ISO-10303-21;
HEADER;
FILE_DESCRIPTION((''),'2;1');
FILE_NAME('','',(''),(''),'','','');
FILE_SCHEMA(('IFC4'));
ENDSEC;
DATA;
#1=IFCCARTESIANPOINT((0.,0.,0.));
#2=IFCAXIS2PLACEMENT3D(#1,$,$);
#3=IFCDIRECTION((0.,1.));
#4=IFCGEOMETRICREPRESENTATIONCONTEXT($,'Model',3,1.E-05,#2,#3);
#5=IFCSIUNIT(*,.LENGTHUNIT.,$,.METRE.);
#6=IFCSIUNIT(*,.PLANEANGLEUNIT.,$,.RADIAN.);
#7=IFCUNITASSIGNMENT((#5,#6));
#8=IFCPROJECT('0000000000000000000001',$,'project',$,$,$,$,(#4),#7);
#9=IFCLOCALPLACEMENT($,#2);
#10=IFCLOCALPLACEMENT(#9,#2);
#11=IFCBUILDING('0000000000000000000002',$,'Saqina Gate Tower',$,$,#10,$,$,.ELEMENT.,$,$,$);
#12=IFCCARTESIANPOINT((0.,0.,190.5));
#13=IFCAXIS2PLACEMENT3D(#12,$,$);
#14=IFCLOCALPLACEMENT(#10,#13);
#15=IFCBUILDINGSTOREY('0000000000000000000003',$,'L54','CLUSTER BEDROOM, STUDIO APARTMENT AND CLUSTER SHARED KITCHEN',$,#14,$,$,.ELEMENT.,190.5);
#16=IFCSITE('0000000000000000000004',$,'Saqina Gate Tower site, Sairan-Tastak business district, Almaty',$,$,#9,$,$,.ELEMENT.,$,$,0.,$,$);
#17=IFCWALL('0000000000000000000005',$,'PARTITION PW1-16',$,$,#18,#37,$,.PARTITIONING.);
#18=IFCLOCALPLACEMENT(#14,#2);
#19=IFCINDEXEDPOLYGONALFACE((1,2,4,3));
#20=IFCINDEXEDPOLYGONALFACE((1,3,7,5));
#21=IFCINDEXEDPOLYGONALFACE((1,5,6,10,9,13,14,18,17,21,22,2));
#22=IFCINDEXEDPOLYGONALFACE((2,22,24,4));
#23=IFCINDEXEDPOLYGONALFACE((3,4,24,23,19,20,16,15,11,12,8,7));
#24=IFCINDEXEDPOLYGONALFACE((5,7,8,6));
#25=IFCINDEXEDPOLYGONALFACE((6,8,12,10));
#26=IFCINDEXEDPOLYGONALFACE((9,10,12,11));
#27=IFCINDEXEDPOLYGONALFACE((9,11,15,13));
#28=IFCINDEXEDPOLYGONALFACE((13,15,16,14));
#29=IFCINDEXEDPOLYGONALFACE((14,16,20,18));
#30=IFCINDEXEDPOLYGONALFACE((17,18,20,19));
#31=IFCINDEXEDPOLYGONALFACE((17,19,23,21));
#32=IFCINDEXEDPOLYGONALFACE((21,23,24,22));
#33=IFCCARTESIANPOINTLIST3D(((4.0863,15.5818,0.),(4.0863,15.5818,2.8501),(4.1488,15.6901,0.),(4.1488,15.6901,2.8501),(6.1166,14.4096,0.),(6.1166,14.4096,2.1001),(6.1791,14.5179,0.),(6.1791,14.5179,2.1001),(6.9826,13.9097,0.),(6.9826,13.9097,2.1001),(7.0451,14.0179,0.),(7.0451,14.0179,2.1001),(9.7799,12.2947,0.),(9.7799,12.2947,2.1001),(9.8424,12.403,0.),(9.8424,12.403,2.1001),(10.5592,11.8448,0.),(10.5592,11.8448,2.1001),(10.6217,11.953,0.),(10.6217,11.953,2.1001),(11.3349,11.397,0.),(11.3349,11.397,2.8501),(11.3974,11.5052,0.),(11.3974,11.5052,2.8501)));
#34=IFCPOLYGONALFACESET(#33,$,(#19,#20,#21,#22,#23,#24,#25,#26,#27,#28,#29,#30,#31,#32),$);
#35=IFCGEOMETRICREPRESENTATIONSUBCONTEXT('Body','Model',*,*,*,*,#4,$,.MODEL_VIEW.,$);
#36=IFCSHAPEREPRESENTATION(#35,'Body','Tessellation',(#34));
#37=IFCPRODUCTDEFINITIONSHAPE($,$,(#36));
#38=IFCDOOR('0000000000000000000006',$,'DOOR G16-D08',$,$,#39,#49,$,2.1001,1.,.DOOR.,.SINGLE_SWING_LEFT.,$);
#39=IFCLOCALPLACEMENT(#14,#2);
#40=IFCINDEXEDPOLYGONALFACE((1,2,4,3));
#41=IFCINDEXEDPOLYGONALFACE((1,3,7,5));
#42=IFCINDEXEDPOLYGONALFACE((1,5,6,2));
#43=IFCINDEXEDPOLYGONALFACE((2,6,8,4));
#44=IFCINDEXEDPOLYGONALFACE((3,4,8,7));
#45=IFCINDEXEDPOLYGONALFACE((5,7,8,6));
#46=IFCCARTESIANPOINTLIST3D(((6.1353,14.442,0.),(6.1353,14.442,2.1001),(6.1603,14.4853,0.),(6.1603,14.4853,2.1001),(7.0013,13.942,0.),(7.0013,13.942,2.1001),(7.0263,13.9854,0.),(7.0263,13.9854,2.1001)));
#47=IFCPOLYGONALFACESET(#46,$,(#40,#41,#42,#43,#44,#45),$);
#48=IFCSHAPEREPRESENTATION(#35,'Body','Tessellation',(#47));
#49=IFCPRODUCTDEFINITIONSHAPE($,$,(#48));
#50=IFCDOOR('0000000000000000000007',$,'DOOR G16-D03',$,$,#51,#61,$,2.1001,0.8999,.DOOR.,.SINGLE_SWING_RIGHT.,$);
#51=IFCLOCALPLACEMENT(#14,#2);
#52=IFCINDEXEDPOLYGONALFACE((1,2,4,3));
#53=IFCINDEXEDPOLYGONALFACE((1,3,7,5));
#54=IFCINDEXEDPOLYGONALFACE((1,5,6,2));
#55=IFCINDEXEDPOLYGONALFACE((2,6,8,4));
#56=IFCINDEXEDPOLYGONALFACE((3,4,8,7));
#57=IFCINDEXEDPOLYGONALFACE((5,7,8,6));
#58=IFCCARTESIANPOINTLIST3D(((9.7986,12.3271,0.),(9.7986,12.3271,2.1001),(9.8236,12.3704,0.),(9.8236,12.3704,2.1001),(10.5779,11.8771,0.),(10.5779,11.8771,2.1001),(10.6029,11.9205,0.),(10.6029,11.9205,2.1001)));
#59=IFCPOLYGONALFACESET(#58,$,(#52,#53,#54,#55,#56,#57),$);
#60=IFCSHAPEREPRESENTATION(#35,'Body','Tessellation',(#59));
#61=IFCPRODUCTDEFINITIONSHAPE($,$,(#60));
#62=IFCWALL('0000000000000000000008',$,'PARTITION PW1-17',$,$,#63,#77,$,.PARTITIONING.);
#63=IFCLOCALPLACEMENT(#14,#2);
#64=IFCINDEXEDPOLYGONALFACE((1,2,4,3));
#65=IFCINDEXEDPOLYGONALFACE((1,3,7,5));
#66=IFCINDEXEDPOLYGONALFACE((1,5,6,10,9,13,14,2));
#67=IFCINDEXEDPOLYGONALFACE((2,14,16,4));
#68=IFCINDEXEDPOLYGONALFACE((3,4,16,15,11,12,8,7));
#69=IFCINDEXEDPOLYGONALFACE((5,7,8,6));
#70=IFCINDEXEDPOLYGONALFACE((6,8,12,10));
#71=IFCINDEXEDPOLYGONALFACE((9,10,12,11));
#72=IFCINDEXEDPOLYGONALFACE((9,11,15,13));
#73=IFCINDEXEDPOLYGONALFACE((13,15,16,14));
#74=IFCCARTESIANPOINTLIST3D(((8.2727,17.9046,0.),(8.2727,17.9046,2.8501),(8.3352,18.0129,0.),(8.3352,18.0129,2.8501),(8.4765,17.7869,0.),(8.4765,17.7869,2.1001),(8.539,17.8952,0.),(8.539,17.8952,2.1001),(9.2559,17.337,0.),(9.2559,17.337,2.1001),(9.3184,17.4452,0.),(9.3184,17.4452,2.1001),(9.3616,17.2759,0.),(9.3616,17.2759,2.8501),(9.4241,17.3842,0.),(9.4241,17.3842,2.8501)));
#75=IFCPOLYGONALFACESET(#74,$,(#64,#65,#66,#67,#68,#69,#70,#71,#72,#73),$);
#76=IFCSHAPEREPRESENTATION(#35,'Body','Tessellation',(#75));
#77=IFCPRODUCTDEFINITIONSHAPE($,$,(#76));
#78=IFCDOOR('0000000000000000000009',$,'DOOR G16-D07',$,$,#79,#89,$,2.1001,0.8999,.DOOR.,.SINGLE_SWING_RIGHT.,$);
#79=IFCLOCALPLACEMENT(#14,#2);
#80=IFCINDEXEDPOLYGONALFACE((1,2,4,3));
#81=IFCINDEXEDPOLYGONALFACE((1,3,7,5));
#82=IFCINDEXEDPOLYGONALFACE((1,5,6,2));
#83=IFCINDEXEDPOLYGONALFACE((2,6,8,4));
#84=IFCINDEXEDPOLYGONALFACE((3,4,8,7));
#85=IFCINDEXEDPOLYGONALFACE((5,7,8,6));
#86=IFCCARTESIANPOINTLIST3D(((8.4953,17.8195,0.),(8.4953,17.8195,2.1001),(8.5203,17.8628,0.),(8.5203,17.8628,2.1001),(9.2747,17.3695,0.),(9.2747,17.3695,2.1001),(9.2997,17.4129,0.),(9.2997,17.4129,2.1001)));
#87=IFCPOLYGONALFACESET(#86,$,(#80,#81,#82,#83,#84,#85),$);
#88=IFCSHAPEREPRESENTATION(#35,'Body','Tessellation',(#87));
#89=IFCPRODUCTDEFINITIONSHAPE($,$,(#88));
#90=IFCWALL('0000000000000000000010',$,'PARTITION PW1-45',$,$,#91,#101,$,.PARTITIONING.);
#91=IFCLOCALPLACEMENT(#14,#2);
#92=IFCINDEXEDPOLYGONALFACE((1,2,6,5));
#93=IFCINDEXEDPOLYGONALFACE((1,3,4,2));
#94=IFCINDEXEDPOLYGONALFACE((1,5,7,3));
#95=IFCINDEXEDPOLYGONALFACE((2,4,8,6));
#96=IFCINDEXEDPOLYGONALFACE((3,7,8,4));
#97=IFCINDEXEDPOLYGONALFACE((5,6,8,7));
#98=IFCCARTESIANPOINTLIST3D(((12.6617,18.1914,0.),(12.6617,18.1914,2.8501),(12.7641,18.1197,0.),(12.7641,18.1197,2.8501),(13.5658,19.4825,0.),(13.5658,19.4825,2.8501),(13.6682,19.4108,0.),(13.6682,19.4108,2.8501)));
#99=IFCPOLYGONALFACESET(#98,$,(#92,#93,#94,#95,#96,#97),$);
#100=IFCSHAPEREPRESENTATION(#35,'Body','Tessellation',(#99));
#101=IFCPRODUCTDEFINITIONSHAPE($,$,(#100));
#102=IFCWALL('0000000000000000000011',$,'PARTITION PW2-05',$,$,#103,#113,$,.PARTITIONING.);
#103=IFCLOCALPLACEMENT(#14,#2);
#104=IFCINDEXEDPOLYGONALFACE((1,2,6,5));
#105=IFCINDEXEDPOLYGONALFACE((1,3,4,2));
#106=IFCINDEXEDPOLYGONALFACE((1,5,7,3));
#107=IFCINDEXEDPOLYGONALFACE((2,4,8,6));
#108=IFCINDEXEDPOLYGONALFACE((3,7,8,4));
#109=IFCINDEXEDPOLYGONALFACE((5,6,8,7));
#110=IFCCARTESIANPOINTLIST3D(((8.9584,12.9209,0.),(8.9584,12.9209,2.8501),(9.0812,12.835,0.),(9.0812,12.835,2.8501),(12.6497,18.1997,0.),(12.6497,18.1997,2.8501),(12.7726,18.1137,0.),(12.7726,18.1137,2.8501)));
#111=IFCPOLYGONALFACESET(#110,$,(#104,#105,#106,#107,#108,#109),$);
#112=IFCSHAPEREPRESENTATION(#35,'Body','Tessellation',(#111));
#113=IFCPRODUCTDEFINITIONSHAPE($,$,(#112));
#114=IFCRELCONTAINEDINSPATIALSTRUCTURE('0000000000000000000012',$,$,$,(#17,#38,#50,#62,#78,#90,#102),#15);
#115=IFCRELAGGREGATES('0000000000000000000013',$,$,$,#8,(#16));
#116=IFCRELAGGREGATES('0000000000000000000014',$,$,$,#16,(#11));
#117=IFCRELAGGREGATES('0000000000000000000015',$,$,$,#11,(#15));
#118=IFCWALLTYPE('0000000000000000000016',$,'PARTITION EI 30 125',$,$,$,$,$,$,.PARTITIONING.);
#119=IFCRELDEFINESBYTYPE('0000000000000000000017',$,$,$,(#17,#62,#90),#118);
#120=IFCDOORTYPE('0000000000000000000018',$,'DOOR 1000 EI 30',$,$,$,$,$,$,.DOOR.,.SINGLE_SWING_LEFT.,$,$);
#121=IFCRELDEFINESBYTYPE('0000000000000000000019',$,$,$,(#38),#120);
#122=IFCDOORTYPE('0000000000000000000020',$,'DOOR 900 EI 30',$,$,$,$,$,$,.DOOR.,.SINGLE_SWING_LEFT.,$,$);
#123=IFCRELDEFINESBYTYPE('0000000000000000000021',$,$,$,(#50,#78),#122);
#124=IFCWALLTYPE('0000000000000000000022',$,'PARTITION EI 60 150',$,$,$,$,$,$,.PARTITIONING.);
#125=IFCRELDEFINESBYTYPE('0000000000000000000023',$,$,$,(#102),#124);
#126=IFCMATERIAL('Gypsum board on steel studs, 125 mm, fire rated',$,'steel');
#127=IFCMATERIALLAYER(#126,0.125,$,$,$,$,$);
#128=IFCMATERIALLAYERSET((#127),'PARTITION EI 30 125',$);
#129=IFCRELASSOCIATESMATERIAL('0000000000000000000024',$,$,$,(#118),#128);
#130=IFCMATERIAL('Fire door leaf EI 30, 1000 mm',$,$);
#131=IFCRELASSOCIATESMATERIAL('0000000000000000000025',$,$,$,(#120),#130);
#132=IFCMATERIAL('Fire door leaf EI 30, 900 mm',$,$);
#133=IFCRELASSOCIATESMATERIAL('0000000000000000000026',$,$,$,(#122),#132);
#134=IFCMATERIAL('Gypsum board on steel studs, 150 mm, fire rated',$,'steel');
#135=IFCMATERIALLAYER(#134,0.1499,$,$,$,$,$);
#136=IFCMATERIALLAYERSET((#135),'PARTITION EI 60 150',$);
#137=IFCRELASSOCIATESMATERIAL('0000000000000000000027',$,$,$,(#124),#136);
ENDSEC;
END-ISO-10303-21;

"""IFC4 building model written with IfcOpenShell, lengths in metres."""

from ifc_helpers import new_model, si_unit, direction, frame, frame_2d, origin, place, context, subcontext, project, spatial, rectangle, extrude, material, layer, layer_set, type_object, element, fill, save


model = new_model("IFC4")

# Units and contexts
model_context = context("Model", 3, precision=1e-05, world=origin(), true_north=direction((0.0, 1.0)))
body_context = subcontext(model_context, "Body", "Model", "MODEL_VIEW")
ifc_project = project(units=[si_unit("LENGTHUNIT", "METRE"), si_unit("PLANEANGLEUNIT", "RADIAN")], contexts=[model_context])

# Site, building, storey
site_placement = place(None, origin())
site = spatial("IfcSite", under=ifc_project, at=site_placement, Name="Saqina Gate Tower site, Sairan-Tastak business district, Almaty", CompositionType="ELEMENT", RefElevation=0.0)
building_placement = place(site_placement, origin())
building = spatial("IfcBuilding", under=site, at=building_placement, Name="Saqina Gate Tower", CompositionType="ELEMENT")
storey_placement = place(building_placement, frame((0.0, 0.0, 190.5)))
storey = spatial("IfcBuildingStorey", under=building, at=storey_placement, Name="L54", Description="CLUSTER BEDROOM, STUDIO APARTMENT AND CLUSTER SHARED KITCHEN", CompositionType="ELEMENT", Elevation=190.5)

# Shared definitions
ifc_material_1 = material(Name="Gypsum board on steel studs, 125 mm, fire rated", Category="steel")
ifc_layer_1 = layer(ifc_material_1, 0.125)
ifc_layer_set_1 = layer_set([ifc_layer_1], Name="PARTITION EI 30 125")
wall_type_1 = type_object("IfcWallType", Name="PARTITION EI 30 125", PredefinedType="PARTITIONING", material=ifc_layer_set_1)
ifc_material_2 = material(Name="Fire door leaf EI 30, 1000 mm")
door_type_1 = type_object("IfcDoorType", Name="DOOR 1000 EI 30", OperationType="SINGLE_SWING_LEFT", PredefinedType="DOOR", material=ifc_material_2)

# Wall, openings, doors
wall_1_placement = place(storey_placement, frame((4.1174, 15.636, 0.0), z_axis=(0.0, 0.0, 1.0), x_axis=(0.866032, -0.499988, 0.0)))
wall_1 = element("IfcWall", 1, at=wall_1_placement, inside=storey, type_object=wall_type_1, Name="PARTITION PW1-16", PredefinedType="PARTITIONING", context=body_context, shape_type="SweptSolid", body=[
    extrude(rectangle(XDim=8.3699, YDim=0.125, at=frame_2d((4.1851, 0.0))), origin(), (0.0, 0.0, 1.0), 2.8501),
])
opening_1_placement = place(wall_1_placement, frame((6.5745, 0.0, 0.0)))
opening_1 = element("IfcOpeningElement", 2, at=opening_1_placement, cuts=wall_1, PredefinedType="OPENING", context=body_context, shape_type="SweptSolid", body=[
    extrude(rectangle(XDim=0.8999, YDim=2.1001, at=frame_2d((0.45, 1.05))), frame((0.0, 0.0745, 0.0), z_axis=(0.0, -1.0, 0.0), x_axis=(1.0, 0.0, 0.0)), (0.0, 0.0, 1.0), 0.1489),
])
opening_2_placement = place(wall_1_placement, frame((2.3445, 0.0, 0.0)))
opening_2 = element("IfcOpeningElement", 3, at=opening_2_placement, cuts=wall_1, PredefinedType="OPENING", context=body_context, shape_type="SweptSolid", body=[
    extrude(rectangle(XDim=1.0, YDim=2.1001, at=frame_2d((0.5, 1.05))), frame((0.0, 0.0745, 0.0), z_axis=(0.0, -1.0, 0.0), x_axis=(1.0, 0.0, 0.0)), (0.0, 0.0, 1.0), 0.1489),
])
door_1_placement = place(opening_2_placement, origin())
door_1 = element("IfcDoor", 4, at=door_1_placement, inside=storey, type_object=door_type_1, Name="DOOR G16-D08", OperationType="SINGLE_SWING_LEFT", OverallHeight=2.1001, OverallWidth=1.0, PredefinedType="DOOR", context=body_context, shape_type="SweptSolid", body=[
    extrude(rectangle(XDim=1.0, YDim=2.1001, at=frame_2d((0.5, 1.05))), frame((0.0, 0.0249, 0.0), z_axis=(0.0, -1.0, 0.0), x_axis=(1.0, 0.0, 0.0)), (0.0, 0.0, 1.0), 0.05),
])
fill(opening_2, door_1)
ifc_material_3 = material(Name="Fire door leaf EI 30, 900 mm")
door_type_2 = type_object("IfcDoorType", Name="DOOR 900 EI 30", OperationType="SINGLE_SWING_LEFT", PredefinedType="DOOR", material=ifc_material_3)
door_2_placement = place(opening_1_placement, origin())
door_2 = element("IfcDoor", 5, at=door_2_placement, inside=storey, type_object=door_type_2, Name="DOOR G16-D03", OperationType="SINGLE_SWING_RIGHT", OverallHeight=2.1001, OverallWidth=0.8999, PredefinedType="DOOR", context=body_context, shape_type="SweptSolid", body=[
    extrude(rectangle(XDim=0.8999, YDim=2.1001, at=frame_2d((0.45, 1.05))), frame((0.0, 0.0249, 0.0), z_axis=(0.0, -1.0, 0.0), x_axis=(1.0, 0.0, 0.0)), (0.0, 0.0, 1.0), 0.05),
])
fill(opening_1, door_2)

# Wall, opening, door
wall_2_placement = place(storey_placement, frame((8.304, 17.9587, 0.0), z_axis=(0.0, 0.0, 1.0), x_axis=(0.866024, -0.500003, 0.0)))
wall_2 = element("IfcWall", 6, at=wall_2_placement, inside=storey, type_object=wall_type_1, Name="PARTITION PW1-17", PredefinedType="PARTITIONING", context=body_context, shape_type="SweptSolid", body=[
    extrude(rectangle(XDim=1.2573, YDim=0.125, at=frame_2d((0.6287, 0.0))), origin(), (0.0, 0.0, 1.0), 2.8501),
])
opening_3_placement = place(wall_2_placement, frame((0.2354, 0.0, 0.0)))
opening_3 = element("IfcOpeningElement", 7, at=opening_3_placement, cuts=wall_2, PredefinedType="OPENING", context=body_context, shape_type="SweptSolid", body=[
    extrude(rectangle(XDim=0.8999, YDim=2.1001, at=frame_2d((0.45, 1.05))), frame((0.0, 0.0745, 0.0), z_axis=(0.0, -1.0, 0.0), x_axis=(1.0, 0.0, 0.0)), (0.0, 0.0, 1.0), 0.1489),
])
door_3_placement = place(opening_3_placement, frame((0.8999, 0.0, 0.0), z_axis=(0.0, 0.0, 1.0), x_axis=(-1.0, 0.0, 0.0)))
door_3 = element("IfcDoor", 8, at=door_3_placement, inside=storey, type_object=door_type_2, Name="DOOR G16-D07", OperationType="SINGLE_SWING_RIGHT", OverallHeight=2.1001, OverallWidth=0.8999, PredefinedType="DOOR", context=body_context, shape_type="SweptSolid", body=[
    extrude(rectangle(XDim=0.8999, YDim=2.1001, at=frame_2d((0.45, 1.05))), frame((0.0, 0.0249, 0.0), z_axis=(0.0, -1.0, 0.0), x_axis=(1.0, 0.0, 0.0)), (0.0, 0.0, 1.0), 0.05),
])
fill(opening_3, door_3)

# Walls
wall_3_placement = place(storey_placement, frame((12.7129, 18.1555, 0.0), z_axis=(0.0, 0.0, 1.0), x_axis=(0.573608, 0.81913, 0.0)))
element("IfcWall", 9, at=wall_3_placement, inside=storey, type_object=wall_type_1, Name="PARTITION PW1-45", PredefinedType="PARTITIONING", context=body_context, shape_type="SweptSolid", body=[
    extrude(rectangle(XDim=1.5762, YDim=0.125, at=frame_2d((0.7881, 0.0))), origin(), (0.0, 0.0, 1.0), 2.8501),
])
ifc_material_4 = material(Name="Gypsum board on steel studs, 150 mm, fire rated", Category="steel")
ifc_layer_2 = layer(ifc_material_4, 0.1499)
ifc_layer_set_2 = layer_set([ifc_layer_2], Name="PARTITION EI 60 150")
wall_type_2 = type_object("IfcWallType", Name="PARTITION EI 60 150", PredefinedType="PARTITIONING", material=ifc_layer_set_2)
wall_4_placement = place(storey_placement, frame((9.0198, 12.8779, 0.0), z_axis=(0.0, 0.0, 1.0), x_axis=(0.573071, 0.819506, 0.0)))
element("IfcWall", 10, at=wall_4_placement, inside=storey, type_object=wall_type_2, Name="PARTITION PW2-05", PredefinedType="PARTITIONING", context=body_context, shape_type="SweptSolid", body=[
    extrude(rectangle(XDim=6.4414, YDim=0.1499, at=frame_2d((3.2207, 0.0))), origin(), (0.0, 0.0, 1.0), 2.8501),
])

save(model, "model.ifc")
